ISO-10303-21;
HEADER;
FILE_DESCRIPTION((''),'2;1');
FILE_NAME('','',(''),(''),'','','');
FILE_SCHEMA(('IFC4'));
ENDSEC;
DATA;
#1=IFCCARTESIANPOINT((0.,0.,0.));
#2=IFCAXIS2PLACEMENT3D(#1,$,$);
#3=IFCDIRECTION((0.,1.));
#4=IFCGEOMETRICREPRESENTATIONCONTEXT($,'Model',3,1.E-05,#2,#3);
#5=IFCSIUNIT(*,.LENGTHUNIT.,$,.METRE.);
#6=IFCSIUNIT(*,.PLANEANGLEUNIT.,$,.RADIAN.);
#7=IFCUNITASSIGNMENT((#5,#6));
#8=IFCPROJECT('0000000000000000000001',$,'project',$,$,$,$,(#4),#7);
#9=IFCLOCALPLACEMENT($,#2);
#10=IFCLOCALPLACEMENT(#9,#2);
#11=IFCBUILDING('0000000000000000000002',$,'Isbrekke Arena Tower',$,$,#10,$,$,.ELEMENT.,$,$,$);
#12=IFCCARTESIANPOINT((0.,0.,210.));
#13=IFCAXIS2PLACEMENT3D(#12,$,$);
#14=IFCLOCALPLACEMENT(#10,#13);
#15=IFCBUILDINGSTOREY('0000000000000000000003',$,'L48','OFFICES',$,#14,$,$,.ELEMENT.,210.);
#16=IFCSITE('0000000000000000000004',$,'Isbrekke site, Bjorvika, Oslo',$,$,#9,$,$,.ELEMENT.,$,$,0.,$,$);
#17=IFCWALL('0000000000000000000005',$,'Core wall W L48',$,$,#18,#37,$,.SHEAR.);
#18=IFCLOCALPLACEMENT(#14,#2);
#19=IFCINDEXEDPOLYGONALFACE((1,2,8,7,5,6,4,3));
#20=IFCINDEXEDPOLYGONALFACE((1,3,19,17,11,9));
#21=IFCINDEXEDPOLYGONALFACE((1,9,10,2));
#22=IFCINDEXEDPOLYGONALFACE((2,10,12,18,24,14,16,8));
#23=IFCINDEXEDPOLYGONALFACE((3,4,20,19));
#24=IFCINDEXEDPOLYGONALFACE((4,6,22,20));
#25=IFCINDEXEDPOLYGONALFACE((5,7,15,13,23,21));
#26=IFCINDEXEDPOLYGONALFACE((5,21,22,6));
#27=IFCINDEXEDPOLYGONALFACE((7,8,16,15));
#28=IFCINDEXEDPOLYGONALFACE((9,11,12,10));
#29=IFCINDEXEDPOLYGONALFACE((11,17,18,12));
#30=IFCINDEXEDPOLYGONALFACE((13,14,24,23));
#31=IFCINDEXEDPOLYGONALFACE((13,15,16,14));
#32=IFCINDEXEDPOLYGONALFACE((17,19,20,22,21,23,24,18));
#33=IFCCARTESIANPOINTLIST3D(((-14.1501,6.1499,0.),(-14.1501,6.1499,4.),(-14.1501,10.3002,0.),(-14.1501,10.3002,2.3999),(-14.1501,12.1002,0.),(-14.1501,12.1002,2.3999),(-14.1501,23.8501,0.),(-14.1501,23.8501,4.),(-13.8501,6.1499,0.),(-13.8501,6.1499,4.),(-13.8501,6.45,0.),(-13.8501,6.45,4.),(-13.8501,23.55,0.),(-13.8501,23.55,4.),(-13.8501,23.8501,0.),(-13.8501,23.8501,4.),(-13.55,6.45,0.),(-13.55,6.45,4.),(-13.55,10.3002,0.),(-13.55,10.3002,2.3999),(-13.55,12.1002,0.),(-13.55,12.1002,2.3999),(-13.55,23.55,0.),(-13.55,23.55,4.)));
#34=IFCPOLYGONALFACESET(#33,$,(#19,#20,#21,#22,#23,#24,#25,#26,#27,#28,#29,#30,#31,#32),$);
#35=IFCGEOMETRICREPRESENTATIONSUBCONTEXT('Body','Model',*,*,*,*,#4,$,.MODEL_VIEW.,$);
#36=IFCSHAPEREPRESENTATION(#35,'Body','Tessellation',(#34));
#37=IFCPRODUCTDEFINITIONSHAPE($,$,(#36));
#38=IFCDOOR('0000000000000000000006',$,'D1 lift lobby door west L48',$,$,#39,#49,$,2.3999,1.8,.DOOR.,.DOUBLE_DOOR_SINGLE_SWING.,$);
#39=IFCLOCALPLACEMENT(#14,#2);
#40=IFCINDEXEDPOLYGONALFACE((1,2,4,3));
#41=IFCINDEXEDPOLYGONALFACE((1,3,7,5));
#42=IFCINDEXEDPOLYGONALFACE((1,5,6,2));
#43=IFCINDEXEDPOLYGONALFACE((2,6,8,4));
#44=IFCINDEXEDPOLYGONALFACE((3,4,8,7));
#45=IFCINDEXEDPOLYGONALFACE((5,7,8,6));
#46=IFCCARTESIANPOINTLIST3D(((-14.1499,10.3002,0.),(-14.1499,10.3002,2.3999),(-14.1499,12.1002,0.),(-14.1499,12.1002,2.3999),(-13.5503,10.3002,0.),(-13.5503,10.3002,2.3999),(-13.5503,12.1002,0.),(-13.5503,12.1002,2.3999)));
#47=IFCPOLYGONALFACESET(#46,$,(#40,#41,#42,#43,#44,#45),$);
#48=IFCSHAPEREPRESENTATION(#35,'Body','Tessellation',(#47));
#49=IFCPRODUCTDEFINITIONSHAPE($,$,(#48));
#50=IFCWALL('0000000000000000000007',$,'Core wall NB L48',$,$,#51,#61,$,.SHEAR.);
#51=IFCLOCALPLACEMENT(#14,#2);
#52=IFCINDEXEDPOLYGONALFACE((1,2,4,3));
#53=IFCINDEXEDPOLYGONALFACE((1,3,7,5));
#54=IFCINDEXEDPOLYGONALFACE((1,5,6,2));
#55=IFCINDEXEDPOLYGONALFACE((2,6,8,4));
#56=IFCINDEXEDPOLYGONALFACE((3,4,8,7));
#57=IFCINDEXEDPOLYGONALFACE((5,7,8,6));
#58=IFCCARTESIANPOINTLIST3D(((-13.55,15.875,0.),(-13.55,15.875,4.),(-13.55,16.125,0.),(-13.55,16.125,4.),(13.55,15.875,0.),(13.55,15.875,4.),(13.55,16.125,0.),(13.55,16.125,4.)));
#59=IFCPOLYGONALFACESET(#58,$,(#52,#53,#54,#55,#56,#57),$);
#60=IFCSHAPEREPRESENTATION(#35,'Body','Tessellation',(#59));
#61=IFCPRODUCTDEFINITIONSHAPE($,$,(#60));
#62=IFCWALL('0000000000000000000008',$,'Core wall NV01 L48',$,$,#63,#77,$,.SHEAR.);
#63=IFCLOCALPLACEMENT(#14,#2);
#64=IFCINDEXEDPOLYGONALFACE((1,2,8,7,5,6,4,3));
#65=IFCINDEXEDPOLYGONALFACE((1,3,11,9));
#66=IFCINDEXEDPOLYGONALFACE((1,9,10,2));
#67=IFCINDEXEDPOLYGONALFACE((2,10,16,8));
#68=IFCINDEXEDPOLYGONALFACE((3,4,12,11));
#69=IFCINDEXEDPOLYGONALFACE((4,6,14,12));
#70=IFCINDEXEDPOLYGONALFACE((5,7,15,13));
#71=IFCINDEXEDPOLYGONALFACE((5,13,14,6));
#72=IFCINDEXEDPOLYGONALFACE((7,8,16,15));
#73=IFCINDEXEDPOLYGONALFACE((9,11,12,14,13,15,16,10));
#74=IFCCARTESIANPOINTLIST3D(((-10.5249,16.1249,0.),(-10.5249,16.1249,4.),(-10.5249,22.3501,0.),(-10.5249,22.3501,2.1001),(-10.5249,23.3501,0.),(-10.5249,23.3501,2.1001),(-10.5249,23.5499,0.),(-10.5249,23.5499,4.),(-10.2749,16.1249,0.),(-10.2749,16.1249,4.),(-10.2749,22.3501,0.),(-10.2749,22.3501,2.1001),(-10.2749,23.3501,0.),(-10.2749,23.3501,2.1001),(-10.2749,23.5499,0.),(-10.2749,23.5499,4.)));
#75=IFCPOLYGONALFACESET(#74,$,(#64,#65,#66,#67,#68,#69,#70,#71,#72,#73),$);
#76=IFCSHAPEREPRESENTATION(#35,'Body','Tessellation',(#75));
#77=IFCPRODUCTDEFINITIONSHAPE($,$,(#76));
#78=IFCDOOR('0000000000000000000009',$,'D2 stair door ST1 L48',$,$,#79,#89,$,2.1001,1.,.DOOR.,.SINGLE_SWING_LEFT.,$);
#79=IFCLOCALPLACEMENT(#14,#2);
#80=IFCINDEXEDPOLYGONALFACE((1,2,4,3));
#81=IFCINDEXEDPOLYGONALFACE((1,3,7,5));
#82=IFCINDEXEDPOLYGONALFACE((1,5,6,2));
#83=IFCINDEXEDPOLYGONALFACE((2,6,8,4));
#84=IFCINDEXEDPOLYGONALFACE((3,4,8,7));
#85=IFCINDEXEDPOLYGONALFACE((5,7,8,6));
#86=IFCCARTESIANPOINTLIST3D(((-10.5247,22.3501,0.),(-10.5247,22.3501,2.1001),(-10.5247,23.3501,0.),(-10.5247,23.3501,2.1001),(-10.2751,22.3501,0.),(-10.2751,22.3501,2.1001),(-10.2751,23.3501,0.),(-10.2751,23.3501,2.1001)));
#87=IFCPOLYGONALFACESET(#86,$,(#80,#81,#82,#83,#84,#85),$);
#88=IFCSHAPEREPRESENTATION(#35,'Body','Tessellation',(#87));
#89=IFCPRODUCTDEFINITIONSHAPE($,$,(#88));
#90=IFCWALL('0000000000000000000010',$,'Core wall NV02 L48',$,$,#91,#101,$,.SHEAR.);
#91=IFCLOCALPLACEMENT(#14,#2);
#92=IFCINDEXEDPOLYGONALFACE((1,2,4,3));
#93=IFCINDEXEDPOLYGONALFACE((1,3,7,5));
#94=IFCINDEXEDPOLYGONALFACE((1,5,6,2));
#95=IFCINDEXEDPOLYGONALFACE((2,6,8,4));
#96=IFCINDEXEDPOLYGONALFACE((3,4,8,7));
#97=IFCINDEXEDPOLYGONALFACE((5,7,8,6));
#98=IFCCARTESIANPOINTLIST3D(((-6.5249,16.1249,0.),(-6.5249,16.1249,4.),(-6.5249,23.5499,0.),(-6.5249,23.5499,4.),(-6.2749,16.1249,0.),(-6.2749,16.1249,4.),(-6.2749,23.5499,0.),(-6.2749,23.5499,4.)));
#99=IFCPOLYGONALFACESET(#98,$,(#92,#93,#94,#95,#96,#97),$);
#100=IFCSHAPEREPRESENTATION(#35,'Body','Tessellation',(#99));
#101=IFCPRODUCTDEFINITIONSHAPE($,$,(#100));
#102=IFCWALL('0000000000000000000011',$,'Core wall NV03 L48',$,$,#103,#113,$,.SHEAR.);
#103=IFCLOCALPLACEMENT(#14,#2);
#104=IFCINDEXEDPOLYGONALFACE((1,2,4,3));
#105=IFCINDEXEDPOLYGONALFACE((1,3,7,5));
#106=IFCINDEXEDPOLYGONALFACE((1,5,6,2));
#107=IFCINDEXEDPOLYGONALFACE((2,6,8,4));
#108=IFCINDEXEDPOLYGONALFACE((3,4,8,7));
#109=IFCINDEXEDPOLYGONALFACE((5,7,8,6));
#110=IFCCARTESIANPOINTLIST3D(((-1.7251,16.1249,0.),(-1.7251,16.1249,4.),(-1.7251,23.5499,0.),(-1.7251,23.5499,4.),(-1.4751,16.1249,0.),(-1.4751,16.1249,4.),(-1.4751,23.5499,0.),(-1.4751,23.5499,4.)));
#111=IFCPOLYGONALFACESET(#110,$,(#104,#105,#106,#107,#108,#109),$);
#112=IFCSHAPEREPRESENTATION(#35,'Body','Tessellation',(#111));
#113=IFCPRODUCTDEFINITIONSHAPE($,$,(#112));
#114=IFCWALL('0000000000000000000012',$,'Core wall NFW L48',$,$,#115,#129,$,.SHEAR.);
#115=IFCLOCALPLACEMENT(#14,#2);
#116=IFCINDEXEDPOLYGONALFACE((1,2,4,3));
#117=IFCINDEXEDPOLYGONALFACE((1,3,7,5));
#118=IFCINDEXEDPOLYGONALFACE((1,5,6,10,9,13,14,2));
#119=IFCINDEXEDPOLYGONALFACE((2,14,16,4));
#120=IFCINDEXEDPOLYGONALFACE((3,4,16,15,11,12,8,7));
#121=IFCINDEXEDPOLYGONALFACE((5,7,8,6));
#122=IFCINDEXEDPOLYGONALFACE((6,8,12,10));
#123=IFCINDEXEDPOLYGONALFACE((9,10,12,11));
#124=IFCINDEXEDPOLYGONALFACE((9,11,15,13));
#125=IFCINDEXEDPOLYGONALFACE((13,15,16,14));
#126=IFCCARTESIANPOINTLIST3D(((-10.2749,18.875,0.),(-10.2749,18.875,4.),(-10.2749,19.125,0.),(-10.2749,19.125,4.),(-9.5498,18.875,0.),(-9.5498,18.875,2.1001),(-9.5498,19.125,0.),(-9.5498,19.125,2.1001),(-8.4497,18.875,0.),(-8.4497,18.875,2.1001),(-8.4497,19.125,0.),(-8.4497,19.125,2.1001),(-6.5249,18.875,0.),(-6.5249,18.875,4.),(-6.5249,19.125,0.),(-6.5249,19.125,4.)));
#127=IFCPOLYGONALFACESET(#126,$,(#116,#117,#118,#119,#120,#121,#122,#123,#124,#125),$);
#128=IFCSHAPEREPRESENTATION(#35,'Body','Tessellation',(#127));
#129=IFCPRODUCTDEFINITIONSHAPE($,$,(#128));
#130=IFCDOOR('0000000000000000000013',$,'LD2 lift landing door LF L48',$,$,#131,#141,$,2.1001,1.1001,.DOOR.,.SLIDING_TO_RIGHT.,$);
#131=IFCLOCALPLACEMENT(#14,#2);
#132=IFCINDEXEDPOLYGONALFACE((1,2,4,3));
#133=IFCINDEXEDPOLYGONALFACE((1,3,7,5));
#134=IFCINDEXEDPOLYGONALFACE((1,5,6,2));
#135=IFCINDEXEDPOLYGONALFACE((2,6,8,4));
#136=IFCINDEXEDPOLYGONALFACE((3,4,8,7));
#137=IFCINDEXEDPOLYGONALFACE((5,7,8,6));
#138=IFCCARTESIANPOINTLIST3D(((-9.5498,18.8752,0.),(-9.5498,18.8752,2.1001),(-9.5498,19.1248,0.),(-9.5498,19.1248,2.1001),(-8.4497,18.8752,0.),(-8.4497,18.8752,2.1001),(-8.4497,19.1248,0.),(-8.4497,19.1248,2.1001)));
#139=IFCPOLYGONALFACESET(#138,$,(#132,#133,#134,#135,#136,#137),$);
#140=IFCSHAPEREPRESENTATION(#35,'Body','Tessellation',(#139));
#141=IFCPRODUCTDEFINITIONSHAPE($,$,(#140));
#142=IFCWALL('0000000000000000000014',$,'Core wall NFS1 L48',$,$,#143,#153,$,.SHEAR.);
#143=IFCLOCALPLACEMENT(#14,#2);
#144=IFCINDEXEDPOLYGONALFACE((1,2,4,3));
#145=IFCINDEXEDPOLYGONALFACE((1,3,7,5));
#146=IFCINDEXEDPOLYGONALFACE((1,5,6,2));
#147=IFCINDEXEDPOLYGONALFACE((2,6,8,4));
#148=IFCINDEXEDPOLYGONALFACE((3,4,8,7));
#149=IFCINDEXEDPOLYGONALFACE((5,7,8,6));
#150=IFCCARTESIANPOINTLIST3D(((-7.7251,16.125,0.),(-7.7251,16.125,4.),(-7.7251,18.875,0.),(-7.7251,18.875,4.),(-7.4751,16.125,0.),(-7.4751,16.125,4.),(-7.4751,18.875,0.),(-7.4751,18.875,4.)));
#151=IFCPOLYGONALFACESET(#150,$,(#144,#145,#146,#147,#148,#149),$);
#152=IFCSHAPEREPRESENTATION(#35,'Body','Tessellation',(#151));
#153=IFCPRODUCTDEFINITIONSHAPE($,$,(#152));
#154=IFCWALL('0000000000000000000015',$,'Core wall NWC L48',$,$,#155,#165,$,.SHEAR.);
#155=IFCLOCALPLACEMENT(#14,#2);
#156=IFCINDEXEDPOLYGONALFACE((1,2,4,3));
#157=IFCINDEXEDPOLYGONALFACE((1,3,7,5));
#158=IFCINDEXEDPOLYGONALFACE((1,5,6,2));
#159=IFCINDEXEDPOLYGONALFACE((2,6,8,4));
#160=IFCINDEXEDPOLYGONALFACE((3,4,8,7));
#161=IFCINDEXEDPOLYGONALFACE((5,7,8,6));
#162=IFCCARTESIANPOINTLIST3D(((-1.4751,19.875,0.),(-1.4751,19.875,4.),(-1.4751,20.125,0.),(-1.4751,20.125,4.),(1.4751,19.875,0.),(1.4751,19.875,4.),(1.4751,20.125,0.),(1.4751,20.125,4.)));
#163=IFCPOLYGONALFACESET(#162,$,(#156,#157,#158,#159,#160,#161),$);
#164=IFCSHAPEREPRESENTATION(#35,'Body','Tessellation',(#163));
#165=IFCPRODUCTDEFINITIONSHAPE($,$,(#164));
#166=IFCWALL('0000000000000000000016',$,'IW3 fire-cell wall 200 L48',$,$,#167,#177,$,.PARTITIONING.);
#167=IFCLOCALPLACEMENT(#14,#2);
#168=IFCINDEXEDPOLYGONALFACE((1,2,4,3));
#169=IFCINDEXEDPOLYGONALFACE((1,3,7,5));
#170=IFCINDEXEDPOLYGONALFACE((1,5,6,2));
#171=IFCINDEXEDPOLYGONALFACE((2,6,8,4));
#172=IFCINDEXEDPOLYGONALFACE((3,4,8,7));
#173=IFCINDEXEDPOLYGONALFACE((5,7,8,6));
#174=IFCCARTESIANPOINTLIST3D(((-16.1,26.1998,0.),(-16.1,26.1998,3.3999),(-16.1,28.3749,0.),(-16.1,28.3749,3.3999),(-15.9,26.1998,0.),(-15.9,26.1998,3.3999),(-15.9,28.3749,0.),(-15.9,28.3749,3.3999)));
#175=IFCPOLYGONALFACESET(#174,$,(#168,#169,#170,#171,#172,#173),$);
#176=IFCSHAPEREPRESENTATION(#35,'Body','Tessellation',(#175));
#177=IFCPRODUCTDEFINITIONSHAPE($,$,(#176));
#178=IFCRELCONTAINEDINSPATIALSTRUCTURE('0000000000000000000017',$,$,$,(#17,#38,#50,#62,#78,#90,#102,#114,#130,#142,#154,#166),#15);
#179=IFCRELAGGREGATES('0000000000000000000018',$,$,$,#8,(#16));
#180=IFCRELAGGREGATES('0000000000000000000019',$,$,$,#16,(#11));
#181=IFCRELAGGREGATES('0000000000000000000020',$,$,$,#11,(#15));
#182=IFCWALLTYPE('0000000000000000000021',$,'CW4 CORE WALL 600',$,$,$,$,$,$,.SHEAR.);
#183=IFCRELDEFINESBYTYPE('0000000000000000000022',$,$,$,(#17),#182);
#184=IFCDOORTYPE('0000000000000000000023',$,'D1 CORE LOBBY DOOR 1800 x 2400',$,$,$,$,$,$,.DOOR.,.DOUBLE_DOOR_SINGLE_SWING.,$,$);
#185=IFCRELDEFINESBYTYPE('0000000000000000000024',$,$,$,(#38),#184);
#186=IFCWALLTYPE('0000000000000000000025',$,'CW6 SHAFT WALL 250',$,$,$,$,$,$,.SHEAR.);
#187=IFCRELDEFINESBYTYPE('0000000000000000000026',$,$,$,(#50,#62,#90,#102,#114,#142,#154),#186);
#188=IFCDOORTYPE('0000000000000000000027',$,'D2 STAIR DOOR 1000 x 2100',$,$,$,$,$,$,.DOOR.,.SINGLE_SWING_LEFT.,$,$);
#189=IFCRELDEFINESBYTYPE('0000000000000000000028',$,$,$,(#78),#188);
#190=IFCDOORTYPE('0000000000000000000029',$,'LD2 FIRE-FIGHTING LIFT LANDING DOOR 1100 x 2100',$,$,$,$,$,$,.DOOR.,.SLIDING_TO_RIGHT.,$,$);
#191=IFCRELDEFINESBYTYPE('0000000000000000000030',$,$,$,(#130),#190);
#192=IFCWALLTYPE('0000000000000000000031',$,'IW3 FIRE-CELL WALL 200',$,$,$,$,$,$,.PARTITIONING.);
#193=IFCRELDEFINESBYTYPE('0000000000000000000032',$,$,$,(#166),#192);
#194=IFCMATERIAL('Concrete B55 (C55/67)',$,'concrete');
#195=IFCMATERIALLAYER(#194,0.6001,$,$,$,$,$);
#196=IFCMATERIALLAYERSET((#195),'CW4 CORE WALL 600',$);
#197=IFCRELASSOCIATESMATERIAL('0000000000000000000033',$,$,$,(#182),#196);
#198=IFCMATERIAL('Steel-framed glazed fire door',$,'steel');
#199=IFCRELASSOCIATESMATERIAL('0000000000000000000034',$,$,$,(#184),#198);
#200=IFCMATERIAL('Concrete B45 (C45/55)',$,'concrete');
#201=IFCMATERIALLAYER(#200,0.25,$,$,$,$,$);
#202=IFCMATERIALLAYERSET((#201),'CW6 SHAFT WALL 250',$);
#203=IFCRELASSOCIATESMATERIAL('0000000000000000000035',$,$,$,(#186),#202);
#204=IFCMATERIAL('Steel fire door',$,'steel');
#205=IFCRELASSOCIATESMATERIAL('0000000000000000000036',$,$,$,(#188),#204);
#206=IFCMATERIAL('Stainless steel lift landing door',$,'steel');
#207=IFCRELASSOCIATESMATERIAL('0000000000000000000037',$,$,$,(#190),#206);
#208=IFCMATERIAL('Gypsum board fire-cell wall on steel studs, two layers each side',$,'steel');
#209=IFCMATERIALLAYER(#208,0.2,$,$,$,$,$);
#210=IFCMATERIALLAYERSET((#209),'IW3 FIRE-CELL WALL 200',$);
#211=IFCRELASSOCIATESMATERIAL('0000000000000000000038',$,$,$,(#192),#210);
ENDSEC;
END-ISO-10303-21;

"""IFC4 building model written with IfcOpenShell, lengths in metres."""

from ifc_helpers import new_model, si_unit, direction, frame, frame_2d, origin, place, context, subcontext, project, spatial, polyline, rectangle, outline, extrude, material, layer, layer_set, type_object, element, fill, save


model = new_model("IFC4")

# Units and contexts
model_context = context("Model", 3, precision=1e-05, world=origin(), true_north=direction((0.0, 1.0)))
body_context = subcontext(model_context, "Body", "Model", "MODEL_VIEW")
ifc_project = project(units=[si_unit("LENGTHUNIT", "METRE"), si_unit("PLANEANGLEUNIT", "RADIAN")], contexts=[model_context])

# Site, building, storey
site_placement = place(None, origin())
site = spatial("IfcSite", under=ifc_project, at=site_placement, Name="Isbrekke site, Bjorvika, Oslo", CompositionType="ELEMENT", RefElevation=0.0)
building_placement = place(site_placement, origin())
building = spatial("IfcBuilding", under=site, at=building_placement, Name="Isbrekke Arena Tower", CompositionType="ELEMENT")
storey_placement = place(building_placement, frame((0.0, 0.0, 210.0)))
storey = spatial("IfcBuildingStorey", under=building, at=storey_placement, Name="L48", Description="OFFICES", CompositionType="ELEMENT", Elevation=210.0)

# Wall, opening, door
ifc_material_1 = material(Name="Concrete B55 (C55/67)", Category="concrete")
ifc_layer_1 = layer(ifc_material_1, 0.6001)
ifc_layer_set_1 = layer_set([ifc_layer_1], Name="CW4 CORE WALL 600")
wall_type_1 = type_object("IfcWallType", Name="CW4 CORE WALL 600", PredefinedType="SHEAR", material=ifc_layer_set_1)
wall_1_placement = place(storey_placement, frame((-13.8501, 23.8501, 0.0), z_axis=(0.0, 0.0, 1.0), x_axis=(0.0, -1.0, 0.0)))
wall_1 = element("IfcWall", 1, at=wall_1_placement, inside=storey, type_object=wall_type_1, Name="Core wall W L48", PredefinedType="SHEAR", context=body_context, shape_type="SweptSolid", body=[
    extrude(outline(polyline([(0.0, -0.3), (17.7002, -0.3), (17.7002, 0.0), (17.4001, 0.0), (17.4001, 0.3), (0.3, 0.3), (0.3, 0.0), (0.0, 0.0), (0.0, -0.3)])), origin(), (0.0, 0.0, 1.0), 4.0),
])
opening_1_placement = place(wall_1_placement, frame((11.75, 0.0, 0.0)))
opening_1 = element("IfcOpeningElement", 2, at=opening_1_placement, cuts=wall_1, PredefinedType="OPENING", context=body_context, shape_type="SweptSolid", body=[
    extrude(rectangle(XDim=1.8, YDim=2.3999, at=frame_2d((0.8999, 1.2))), frame((0.0, 0.3149, 0.0), z_axis=(0.0, -1.0, 0.0), x_axis=(1.0, 0.0, 0.0)), (0.0, 0.0, 1.0), 0.6299),
])
ifc_material_2 = material(Name="Steel-framed glazed fire door", Category="steel")
door_type_1 = type_object("IfcDoorType", Name="D1 CORE LOBBY DOOR 1800 x 2400", OperationType="DOUBLE_DOOR_SINGLE_SWING", PredefinedType="DOOR", material=ifc_material_2)
door_1_placement = place(opening_1_placement, origin())
door_1 = element("IfcDoor", 3, at=door_1_placement, inside=storey, type_object=door_type_1, Name="D1 lift lobby door west L48", OperationType="DOUBLE_DOOR_SINGLE_SWING", OverallHeight=2.3999, OverallWidth=1.8, PredefinedType="DOOR", context=body_context, shape_type="SweptSolid", body=[
    extrude(rectangle(XDim=1.8, YDim=2.3999, at=frame_2d((0.8999, 1.2))), frame((0.0, 0.2998, 0.0), z_axis=(0.0, -1.0, 0.0), x_axis=(1.0, 0.0, 0.0)), (0.0, 0.0, 1.0), 0.5996),
])
fill(opening_1, door_1)

# Wall
ifc_material_3 = material(Name="Concrete B45 (C45/55)", Category="concrete")
ifc_layer_2 = layer(ifc_material_3, 0.25)
ifc_layer_set_2 = layer_set([ifc_layer_2], Name="CW6 SHAFT WALL 250")
wall_type_2 = type_object("IfcWallType", Name="CW6 SHAFT WALL 250", PredefinedType="SHEAR", material=ifc_layer_set_2)
wall_2_placement = place(storey_placement, frame((-13.55, 16.0, 0.0), z_axis=(0.0, 0.0, 1.0), x_axis=(1.0, 0.0, 0.0)))
element("IfcWall", 4, at=wall_2_placement, inside=storey, type_object=wall_type_2, Name="Core wall NB L48", PredefinedType="SHEAR", context=body_context, shape_type="SweptSolid", body=[
    extrude(rectangle(XDim=27.1001, YDim=0.25, at=frame_2d((13.55, 0.0))), origin(), (0.0, 0.0, 1.0), 4.0),
])

# Wall, opening, door
wall_3_placement = place(storey_placement, frame((-10.3999, 16.125, 0.0), z_axis=(0.0, 0.0, 1.0), x_axis=(0.0, 1.0, 0.0)))
wall_3 = element("IfcWall", 5, at=wall_3_placement, inside=storey, type_object=wall_type_2, Name="Core wall NV01 L48", PredefinedType="SHEAR", context=body_context, shape_type="SweptSolid", body=[
    extrude(rectangle(XDim=7.425, YDim=0.25, at=frame_2d((3.7124, 0.0))), origin(), (0.0, 0.0, 1.0), 4.0),
])
opening_2_placement = place(wall_3_placement, frame((6.2251, 0.0, 0.0)))
opening_2 = element("IfcOpeningElement", 6, at=opening_2_placement, cuts=wall_3, PredefinedType="OPENING", context=body_context, shape_type="SweptSolid", body=[
    extrude(rectangle(XDim=1.0, YDim=2.1001, at=frame_2d((0.5, 1.05))), frame((0.0, 0.1399, 0.0), z_axis=(0.0, -1.0, 0.0), x_axis=(1.0, 0.0, 0.0)), (0.0, 0.0, 1.0), 0.2798),
])
ifc_material_4 = material(Name="Steel fire door", Category="steel")
door_type_2 = type_object("IfcDoorType", Name="D2 STAIR DOOR 1000 x 2100", OperationType="SINGLE_SWING_LEFT", PredefinedType="DOOR", material=ifc_material_4)
door_2_placement = place(opening_2_placement, origin())
door_2 = element("IfcDoor", 7, at=door_2_placement, inside=storey, type_object=door_type_2, Name="D2 stair door ST1 L48", OperationType="SINGLE_SWING_LEFT", OverallHeight=2.1001, OverallWidth=1.0, PredefinedType="DOOR", context=body_context, shape_type="SweptSolid", body=[
    extrude(rectangle(XDim=1.0, YDim=2.1001, at=frame_2d((0.5, 1.05))), frame((0.0, 0.1248, 0.0), z_axis=(0.0, -1.0, 0.0), x_axis=(1.0, 0.0, 0.0)), (0.0, 0.0, 1.0), 0.2495),
])
fill(opening_2, door_2)

# Walls
for number, where, z_axis, x_axis, name in (
    (8, (-6.3999, 16.125, 0.0), (0.0, 0.0, 1.0), (0.0, 1.0, 0.0), "Core wall NV02 L48"),
    (9, (-1.6001, 16.125, 0.0), (0.0, 0.0, 1.0), (0.0, 1.0, 0.0), "Core wall NV03 L48"),
):
    element("IfcWall", number, at=place(storey_placement, frame(where, z_axis=z_axis, x_axis=x_axis)), inside=storey, type_object=wall_type_2, Name=name, PredefinedType="SHEAR", context=body_context, shape_type="SweptSolid", body=[
        extrude(rectangle(XDim=7.425, YDim=0.25, at=frame_2d((3.7124, 0.0))), origin(), (0.0, 0.0, 1.0), 4.0),
    ])

# Wall, opening, door
wall_4_placement = place(storey_placement, frame((-10.2749, 19.0, 0.0), z_axis=(0.0, 0.0, 1.0), x_axis=(1.0, 0.0, 0.0)))
wall_4 = element("IfcWall", 10, at=wall_4_placement, inside=storey, type_object=wall_type_2, Name="Core wall NFW L48", PredefinedType="SHEAR", context=body_context, shape_type="SweptSolid", body=[
    extrude(rectangle(XDim=3.75, YDim=0.25, at=frame_2d((1.875, 0.0))), origin(), (0.0, 0.0, 1.0), 4.0),
])
opening_3_placement = place(wall_4_placement, frame((0.7251, 0.0, 0.0)))
opening_3 = element("IfcOpeningElement", 11, at=opening_3_placement, cuts=wall_4, PredefinedType="OPENING", context=body_context, shape_type="SweptSolid", body=[
    extrude(rectangle(XDim=1.1001, YDim=2.1001, at=frame_2d((0.55, 1.05))), frame((0.0, 0.1399, 0.0), z_axis=(0.0, -1.0, 0.0), x_axis=(1.0, 0.0, 0.0)), (0.0, 0.0, 1.0), 0.2798),
])
ifc_material_5 = material(Name="Stainless steel lift landing door", Category="steel")
door_type_3 = type_object("IfcDoorType", Name="LD2 FIRE-FIGHTING LIFT LANDING DOOR 1100 x 2100", OperationType="SLIDING_TO_RIGHT", PredefinedType="DOOR", material=ifc_material_5)
door_3_placement = place(opening_3_placement, origin())
door_3 = element("IfcDoor", 12, at=door_3_placement, inside=storey, type_object=door_type_3, Name="LD2 lift landing door LF L48", OperationType="SLIDING_TO_RIGHT", OverallHeight=2.1001, OverallWidth=1.1001, PredefinedType="DOOR", context=body_context, shape_type="SweptSolid", body=[
    extrude(rectangle(XDim=1.1001, YDim=2.1001, at=frame_2d((0.55, 1.05))), frame((0.0, 0.1248, 0.0), z_axis=(0.0, -1.0, 0.0), x_axis=(1.0, 0.0, 0.0)), (0.0, 0.0, 1.0), 0.2495),
])
fill(opening_3, door_3)

# Walls
wall_5_placement = place(storey_placement, frame((-7.6001, 16.125, 0.0), z_axis=(0.0, 0.0, 1.0), x_axis=(0.0, 1.0, 0.0)))
element("IfcWall", 13, at=wall_5_placement, inside=storey, type_object=wall_type_2, Name="Core wall NFS1 L48", PredefinedType="SHEAR", context=body_context, shape_type="SweptSolid", body=[
    extrude(rectangle(XDim=2.75, YDim=0.25, at=frame_2d((1.375, 0.0))), origin(), (0.0, 0.0, 1.0), 4.0),
])
wall_6_placement = place(storey_placement, frame((-1.4751, 20.0, 0.0), z_axis=(0.0, 0.0, 1.0), x_axis=(1.0, 0.0, 0.0)))
element("IfcWall", 14, at=wall_6_placement, inside=storey, type_object=wall_type_2, Name="Core wall NWC L48", PredefinedType="SHEAR", context=body_context, shape_type="SweptSolid", body=[
    extrude(rectangle(XDim=2.9502, YDim=0.25, at=frame_2d((1.4751, 0.0))), origin(), (0.0, 0.0, 1.0), 4.0),
])

# Shared definitions
ifc_material_6 = material(Name="Gypsum board fire-cell wall on steel studs, two layers each side", Category="steel")
ifc_layer_3 = layer(ifc_material_6, 0.2)
ifc_layer_set_3 = layer_set([ifc_layer_3], Name="IW3 FIRE-CELL WALL 200")
wall_type_3 = type_object("IfcWallType", Name="IW3 FIRE-CELL WALL 200", PredefinedType="PARTITIONING", material=ifc_layer_set_3)

# Wall
wall_7_placement = place(storey_placement, frame((-16.0, 26.2, 0.0), z_axis=(0.0, 0.0, 1.0), x_axis=(0.0, 1.0, 0.0)))
element("IfcWall", 15, at=wall_7_placement, inside=storey, type_object=wall_type_3, Name="IW3 fire-cell wall 200 L48", PredefinedType="PARTITIONING", context=body_context, shape_type="SweptSolid", body=[
    extrude(rectangle(XDim=2.175, YDim=0.2, at=frame_2d((1.0874, 0.0))), origin(), (0.0, 0.0, 1.0), 3.3999),
])

save(model, "model.ifc")
